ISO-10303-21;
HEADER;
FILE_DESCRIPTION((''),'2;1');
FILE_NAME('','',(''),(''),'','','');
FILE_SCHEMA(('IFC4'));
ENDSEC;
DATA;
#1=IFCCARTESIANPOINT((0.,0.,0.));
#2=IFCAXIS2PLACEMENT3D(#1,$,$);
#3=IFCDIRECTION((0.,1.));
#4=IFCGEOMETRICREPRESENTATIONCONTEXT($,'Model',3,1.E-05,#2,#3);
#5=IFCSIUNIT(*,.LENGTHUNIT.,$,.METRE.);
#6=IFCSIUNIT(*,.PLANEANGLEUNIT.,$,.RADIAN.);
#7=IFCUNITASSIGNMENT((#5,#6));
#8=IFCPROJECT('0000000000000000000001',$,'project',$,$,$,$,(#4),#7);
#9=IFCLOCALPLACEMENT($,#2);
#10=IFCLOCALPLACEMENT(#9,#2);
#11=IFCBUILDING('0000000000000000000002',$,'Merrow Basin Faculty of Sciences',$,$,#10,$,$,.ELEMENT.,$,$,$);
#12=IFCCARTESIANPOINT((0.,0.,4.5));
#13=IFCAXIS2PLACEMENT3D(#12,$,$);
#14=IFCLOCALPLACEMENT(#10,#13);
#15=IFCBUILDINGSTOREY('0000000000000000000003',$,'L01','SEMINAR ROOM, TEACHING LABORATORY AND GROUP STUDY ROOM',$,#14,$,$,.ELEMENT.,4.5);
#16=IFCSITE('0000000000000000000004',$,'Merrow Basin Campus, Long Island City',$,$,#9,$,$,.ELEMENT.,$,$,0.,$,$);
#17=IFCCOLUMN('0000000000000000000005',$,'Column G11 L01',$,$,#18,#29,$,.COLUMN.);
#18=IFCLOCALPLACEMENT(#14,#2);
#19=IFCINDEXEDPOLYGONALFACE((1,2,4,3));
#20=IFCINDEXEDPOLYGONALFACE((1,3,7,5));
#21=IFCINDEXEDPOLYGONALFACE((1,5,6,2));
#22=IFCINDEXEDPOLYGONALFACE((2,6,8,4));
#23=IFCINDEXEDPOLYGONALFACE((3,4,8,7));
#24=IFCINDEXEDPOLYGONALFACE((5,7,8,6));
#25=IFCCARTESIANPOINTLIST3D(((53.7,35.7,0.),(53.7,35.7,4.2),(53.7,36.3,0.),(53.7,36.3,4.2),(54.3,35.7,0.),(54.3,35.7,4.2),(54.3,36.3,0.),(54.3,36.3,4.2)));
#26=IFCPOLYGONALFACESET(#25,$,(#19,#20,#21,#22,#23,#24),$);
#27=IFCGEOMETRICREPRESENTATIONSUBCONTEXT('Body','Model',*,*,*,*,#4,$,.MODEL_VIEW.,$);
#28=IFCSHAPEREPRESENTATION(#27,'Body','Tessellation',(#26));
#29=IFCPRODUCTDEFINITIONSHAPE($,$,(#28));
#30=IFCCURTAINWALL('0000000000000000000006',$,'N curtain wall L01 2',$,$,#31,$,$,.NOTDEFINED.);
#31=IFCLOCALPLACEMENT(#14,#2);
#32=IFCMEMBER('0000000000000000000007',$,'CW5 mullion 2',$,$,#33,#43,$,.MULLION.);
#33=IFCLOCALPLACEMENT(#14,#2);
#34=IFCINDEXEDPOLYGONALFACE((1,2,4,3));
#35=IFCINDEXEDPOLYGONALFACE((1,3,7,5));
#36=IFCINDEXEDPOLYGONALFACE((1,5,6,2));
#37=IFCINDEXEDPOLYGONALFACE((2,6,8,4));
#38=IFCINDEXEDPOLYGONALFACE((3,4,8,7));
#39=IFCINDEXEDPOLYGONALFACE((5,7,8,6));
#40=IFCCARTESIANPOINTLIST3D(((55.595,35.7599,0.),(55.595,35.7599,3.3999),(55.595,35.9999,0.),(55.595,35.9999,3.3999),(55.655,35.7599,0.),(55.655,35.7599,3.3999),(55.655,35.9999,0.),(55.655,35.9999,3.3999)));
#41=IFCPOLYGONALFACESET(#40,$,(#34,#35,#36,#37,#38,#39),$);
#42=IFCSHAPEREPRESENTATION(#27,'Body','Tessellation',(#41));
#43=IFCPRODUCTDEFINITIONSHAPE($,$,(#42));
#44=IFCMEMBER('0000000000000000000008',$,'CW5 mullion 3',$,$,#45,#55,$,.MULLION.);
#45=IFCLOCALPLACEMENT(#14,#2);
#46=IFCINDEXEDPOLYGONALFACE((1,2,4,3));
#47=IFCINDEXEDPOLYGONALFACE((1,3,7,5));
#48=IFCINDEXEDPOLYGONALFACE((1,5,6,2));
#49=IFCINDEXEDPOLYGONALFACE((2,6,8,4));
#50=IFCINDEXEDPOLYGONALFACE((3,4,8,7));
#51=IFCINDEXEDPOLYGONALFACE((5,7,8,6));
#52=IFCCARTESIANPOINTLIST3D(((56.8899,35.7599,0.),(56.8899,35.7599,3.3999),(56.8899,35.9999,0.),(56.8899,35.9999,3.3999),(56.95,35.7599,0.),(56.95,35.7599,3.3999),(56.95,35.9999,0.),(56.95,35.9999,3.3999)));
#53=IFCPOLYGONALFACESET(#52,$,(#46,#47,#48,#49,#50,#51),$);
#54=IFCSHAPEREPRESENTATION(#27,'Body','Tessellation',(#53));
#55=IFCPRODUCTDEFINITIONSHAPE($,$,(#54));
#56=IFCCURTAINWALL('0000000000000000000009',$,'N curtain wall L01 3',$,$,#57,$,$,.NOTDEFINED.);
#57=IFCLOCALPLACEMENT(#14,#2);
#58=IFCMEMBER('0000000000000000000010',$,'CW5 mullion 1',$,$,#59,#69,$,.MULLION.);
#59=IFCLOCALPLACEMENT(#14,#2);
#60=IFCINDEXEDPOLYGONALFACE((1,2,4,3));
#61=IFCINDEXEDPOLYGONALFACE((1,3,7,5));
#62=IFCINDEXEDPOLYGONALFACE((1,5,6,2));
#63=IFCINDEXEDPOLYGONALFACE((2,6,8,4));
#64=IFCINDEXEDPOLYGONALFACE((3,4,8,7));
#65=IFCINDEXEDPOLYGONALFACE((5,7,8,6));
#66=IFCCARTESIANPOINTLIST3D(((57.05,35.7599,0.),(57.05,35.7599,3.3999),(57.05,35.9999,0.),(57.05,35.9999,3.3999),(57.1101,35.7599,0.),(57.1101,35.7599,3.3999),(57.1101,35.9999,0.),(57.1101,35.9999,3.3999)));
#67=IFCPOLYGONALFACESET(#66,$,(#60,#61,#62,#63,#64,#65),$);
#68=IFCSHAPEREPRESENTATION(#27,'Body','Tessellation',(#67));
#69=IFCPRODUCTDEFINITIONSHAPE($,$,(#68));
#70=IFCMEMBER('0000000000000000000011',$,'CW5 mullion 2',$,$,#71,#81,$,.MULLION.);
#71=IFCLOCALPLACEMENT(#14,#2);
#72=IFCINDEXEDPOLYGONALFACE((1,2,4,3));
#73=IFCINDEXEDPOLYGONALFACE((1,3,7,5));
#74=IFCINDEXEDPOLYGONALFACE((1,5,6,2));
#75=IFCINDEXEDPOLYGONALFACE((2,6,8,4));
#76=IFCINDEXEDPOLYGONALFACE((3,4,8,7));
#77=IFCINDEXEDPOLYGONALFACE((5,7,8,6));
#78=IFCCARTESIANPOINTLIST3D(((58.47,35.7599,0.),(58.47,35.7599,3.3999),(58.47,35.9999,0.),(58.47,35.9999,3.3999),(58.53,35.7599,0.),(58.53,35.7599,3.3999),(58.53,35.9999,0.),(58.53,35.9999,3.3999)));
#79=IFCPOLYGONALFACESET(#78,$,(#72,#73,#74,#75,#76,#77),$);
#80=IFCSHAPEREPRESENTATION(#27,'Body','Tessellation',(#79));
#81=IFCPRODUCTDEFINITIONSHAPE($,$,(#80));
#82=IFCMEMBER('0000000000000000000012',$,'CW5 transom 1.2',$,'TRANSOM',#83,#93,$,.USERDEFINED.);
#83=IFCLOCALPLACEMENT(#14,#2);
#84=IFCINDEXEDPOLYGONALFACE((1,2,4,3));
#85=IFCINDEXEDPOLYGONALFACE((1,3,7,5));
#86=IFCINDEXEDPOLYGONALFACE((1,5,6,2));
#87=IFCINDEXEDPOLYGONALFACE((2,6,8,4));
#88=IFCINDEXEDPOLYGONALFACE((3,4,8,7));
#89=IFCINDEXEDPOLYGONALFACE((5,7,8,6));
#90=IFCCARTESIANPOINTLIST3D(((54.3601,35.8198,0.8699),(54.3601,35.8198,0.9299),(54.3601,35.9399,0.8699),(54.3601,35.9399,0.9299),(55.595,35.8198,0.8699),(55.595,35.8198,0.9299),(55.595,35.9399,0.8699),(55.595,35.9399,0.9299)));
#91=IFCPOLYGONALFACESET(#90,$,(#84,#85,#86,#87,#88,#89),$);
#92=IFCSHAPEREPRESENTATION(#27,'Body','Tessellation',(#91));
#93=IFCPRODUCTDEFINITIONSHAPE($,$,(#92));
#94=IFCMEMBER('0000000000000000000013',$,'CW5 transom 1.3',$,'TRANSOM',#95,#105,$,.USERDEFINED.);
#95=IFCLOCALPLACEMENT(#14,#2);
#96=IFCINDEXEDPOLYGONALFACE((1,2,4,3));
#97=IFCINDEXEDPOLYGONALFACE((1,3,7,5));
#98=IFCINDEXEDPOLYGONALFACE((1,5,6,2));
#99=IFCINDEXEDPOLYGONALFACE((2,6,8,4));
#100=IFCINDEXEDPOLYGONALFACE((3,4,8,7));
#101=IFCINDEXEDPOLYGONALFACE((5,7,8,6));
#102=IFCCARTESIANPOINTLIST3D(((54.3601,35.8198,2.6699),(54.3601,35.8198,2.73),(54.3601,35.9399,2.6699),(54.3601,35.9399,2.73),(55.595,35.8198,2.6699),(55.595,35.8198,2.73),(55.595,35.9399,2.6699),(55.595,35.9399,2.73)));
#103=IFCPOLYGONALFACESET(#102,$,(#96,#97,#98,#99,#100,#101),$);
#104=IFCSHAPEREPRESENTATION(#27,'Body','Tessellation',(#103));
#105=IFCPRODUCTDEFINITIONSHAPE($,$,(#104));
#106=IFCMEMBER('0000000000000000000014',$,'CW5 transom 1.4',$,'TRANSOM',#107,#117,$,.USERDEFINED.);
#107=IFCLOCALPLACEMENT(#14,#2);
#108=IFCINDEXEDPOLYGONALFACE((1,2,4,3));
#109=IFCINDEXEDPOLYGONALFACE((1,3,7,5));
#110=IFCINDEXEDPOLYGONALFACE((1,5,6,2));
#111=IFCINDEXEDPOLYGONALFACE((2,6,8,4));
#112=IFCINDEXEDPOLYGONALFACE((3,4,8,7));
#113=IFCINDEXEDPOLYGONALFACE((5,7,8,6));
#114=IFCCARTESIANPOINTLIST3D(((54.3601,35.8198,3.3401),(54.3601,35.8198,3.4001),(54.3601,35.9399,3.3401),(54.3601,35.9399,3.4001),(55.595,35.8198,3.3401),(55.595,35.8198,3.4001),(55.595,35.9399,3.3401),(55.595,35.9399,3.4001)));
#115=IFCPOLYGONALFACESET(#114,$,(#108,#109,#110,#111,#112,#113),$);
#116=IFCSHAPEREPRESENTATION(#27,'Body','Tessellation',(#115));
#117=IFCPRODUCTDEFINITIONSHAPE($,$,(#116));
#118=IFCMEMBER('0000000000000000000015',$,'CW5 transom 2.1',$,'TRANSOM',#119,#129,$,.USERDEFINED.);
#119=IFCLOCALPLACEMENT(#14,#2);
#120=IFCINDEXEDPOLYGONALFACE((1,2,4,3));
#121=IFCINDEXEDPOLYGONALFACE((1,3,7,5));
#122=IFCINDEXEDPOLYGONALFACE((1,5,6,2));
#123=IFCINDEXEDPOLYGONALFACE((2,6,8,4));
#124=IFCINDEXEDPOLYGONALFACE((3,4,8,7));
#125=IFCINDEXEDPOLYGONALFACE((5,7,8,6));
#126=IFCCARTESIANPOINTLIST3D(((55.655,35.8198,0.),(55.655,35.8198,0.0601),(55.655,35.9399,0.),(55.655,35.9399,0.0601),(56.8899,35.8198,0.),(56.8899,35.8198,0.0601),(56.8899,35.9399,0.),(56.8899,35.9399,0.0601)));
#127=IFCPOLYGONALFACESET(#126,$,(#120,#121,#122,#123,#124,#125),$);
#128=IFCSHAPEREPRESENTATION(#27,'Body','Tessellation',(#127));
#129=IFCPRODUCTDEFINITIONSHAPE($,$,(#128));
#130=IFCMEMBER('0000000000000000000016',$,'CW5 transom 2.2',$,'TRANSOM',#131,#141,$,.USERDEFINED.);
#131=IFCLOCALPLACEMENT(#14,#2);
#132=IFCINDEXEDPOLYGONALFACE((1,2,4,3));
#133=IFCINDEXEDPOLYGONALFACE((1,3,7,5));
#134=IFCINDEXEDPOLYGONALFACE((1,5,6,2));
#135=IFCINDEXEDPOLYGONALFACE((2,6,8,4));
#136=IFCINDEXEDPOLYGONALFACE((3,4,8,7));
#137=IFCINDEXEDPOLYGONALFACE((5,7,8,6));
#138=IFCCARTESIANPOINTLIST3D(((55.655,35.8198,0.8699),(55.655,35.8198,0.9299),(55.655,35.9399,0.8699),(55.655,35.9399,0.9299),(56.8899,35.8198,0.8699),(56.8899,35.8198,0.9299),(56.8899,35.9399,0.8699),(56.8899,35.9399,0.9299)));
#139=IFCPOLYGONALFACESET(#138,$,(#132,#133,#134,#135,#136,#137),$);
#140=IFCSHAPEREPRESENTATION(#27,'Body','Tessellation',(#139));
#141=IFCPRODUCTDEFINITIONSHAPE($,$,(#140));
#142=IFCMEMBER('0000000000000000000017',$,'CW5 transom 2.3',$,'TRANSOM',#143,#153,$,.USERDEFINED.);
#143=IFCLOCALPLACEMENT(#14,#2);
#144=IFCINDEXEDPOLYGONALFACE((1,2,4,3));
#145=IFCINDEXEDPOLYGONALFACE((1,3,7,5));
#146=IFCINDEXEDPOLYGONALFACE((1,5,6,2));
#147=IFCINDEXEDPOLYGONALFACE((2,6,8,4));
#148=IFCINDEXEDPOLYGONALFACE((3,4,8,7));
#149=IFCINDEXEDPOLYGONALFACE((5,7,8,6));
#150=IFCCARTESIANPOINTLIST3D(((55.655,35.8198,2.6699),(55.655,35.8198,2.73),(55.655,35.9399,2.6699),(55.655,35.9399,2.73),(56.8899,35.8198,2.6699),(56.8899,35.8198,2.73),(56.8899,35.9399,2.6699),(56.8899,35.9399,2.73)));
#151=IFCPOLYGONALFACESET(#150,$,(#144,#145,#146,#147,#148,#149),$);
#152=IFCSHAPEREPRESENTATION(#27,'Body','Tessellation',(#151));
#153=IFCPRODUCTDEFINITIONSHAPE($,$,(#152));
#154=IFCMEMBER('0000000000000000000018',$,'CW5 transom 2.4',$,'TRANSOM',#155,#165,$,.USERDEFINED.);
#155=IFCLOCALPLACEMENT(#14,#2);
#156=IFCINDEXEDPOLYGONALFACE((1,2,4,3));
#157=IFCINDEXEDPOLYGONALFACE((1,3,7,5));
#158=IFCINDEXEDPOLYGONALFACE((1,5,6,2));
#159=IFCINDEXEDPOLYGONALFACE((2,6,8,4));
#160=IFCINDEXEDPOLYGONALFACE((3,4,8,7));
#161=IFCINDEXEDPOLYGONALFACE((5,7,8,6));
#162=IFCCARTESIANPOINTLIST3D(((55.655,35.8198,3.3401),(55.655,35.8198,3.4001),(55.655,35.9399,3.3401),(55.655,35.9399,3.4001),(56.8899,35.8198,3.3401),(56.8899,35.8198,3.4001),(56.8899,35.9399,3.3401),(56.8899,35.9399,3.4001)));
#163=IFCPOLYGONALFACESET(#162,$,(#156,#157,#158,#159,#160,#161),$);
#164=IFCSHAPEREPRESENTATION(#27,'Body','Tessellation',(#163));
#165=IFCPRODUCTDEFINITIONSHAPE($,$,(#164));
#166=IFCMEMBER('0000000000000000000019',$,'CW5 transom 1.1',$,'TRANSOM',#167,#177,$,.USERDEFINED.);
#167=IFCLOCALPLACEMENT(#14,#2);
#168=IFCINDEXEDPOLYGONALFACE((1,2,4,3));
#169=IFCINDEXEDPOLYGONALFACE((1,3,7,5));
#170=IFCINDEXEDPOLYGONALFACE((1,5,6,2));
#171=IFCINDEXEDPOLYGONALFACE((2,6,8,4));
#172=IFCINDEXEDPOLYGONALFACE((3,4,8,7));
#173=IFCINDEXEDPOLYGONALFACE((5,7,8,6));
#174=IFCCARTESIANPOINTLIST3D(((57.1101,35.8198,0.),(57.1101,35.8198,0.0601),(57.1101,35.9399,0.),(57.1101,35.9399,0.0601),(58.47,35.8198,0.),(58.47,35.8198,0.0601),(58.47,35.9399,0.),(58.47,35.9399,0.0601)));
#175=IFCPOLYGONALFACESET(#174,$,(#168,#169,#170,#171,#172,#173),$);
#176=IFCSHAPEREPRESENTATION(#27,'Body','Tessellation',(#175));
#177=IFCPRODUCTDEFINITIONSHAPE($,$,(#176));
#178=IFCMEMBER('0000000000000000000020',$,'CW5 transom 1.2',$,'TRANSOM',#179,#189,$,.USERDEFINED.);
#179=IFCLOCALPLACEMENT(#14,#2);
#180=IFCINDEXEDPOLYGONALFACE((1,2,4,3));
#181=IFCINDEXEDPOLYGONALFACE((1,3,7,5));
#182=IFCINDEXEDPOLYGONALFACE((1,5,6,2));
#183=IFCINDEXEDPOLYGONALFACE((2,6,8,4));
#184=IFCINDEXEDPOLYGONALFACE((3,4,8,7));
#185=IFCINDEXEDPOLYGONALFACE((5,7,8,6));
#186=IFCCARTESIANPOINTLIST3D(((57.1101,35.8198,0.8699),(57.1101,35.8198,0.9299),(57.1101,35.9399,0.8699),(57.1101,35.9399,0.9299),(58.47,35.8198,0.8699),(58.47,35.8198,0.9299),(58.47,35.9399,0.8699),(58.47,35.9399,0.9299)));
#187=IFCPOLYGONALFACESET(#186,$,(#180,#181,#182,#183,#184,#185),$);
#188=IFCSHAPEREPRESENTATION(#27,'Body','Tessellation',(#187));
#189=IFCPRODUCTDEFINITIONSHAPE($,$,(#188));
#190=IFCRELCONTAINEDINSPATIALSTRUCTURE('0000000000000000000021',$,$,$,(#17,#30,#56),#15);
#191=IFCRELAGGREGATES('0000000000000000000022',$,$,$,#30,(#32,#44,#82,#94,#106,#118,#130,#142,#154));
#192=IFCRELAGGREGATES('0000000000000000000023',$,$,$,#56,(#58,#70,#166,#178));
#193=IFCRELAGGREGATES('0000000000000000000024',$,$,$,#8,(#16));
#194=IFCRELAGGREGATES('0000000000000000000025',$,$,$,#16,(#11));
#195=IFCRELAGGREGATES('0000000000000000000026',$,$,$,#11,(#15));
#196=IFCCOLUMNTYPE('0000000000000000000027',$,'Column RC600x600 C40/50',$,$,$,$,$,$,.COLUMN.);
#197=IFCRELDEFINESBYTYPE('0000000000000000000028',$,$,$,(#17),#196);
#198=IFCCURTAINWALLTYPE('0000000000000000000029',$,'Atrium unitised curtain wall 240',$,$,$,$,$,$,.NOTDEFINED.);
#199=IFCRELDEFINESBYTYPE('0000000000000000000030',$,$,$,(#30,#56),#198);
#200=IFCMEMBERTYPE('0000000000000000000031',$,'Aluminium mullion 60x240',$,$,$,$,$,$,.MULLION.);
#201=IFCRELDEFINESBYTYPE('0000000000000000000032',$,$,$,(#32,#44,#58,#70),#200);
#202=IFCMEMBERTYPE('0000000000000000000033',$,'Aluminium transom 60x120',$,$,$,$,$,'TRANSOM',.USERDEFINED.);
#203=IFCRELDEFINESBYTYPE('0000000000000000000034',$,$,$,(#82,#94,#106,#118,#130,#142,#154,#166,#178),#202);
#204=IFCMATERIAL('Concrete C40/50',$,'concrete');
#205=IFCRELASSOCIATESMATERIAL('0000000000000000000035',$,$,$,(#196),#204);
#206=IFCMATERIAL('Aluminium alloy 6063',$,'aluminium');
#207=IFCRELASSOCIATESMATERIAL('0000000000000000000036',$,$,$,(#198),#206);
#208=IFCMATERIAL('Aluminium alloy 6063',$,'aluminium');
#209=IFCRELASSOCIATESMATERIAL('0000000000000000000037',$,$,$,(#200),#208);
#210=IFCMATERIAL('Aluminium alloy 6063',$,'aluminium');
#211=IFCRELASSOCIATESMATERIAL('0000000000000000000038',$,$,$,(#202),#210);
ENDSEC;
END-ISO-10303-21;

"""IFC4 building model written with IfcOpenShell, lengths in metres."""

from ifc_helpers import new_model, si_unit, direction, frame, origin, origin_2d, place, context, subcontext, project, spatial, rectangle, extrude, material, material_profile, profile_set, type_object, element, aggregate, save


model = new_model("IFC4")

# Units and contexts
model_context = context("Model", 3, precision=1e-05, world=origin(), true_north=direction((0.0, 1.0)))
body_context = subcontext(model_context, "Body", "Model", "MODEL_VIEW")
ifc_project = project(units=[si_unit("LENGTHUNIT", "METRE"), si_unit("PLANEANGLEUNIT", "RADIAN")], contexts=[model_context])

# Site, building, storey
site_placement = place(None, origin())
site = spatial("IfcSite", under=ifc_project, at=site_placement, Name="Merrow Basin Campus, Long Island City", CompositionType="ELEMENT", RefElevation=0.0)
building_placement = place(site_placement, origin())
building = spatial("IfcBuilding", under=site, at=building_placement, Name="Merrow Basin Faculty of Sciences", CompositionType="ELEMENT")
storey_placement = place(building_placement, frame((0.0, 0.0, 4.5)))
storey = spatial("IfcBuildingStorey", under=building, at=storey_placement, Name="L01", Description="SEMINAR ROOM, TEACHING LABORATORY AND GROUP STUDY ROOM", CompositionType="ELEMENT", Elevation=4.5)

# Column
ifc_material_1 = material(Name="Concrete C40/50", Category="concrete")
ifc_material_profile_1 = material_profile(ifc_material_1, rectangle(XDim=0.6001, YDim=0.6001, at=origin_2d()))
ifc_profile_set_1 = profile_set([ifc_material_profile_1], Name="Concrete C40/50")
column_type = type_object("IfcColumnType", Name="Column RC600x600 C40/50", PredefinedType="COLUMN", material=ifc_profile_set_1)
column_placement = place(storey_placement, frame((54.0, 36.0, 0.0), z_axis=(0.0, 0.0, 1.0), x_axis=(1.0, 0.0, 0.0)))
element("IfcColumn", 1, at=column_placement, inside=storey, type_object=column_type, Name="Column G11 L01", PredefinedType="COLUMN", context=body_context, shape_type="SweptSolid", body=[
    extrude(rectangle(XDim=0.6001, YDim=0.6001, at=origin_2d()), origin(), (0.0, 0.0, 1.0), 4.2),
])

# Curtain walls, members
ifc_material_2 = material(Name="Aluminium alloy 6063", Category="aluminium")
curtain_wall_type = type_object("IfcCurtainWallType", Name="Atrium unitised curtain wall 240", PredefinedType="NOTDEFINED", material=ifc_material_2)
curtain_wall_1_placement = place(storey_placement, origin())
curtain_wall_1 = element("IfcCurtainWall", 2, at=curtain_wall_1_placement, inside=storey, type_object=curtain_wall_type, Name="N curtain wall L01 2", PredefinedType="NOTDEFINED")
ifc_material_3 = material(Name="Aluminium alloy 6063", Category="aluminium")
ifc_material_profile_2 = material_profile(ifc_material_3, rectangle(XDim=0.24, YDim=0.0601, at=origin_2d()))
ifc_profile_set_2 = profile_set([ifc_material_profile_2], Name="Aluminium alloy 6063")
member_type_1 = type_object("IfcMemberType", Name="Aluminium mullion 60x240", PredefinedType="MULLION", material=ifc_profile_set_2)
member_1_placement = place(storey_placement, frame((55.625, 35.8799, 0.0), z_axis=(0.0, 0.0, 1.0), x_axis=(0.0, 1.0, 0.0)))
member_1 = element("IfcMember", 3, at=member_1_placement, type_object=member_type_1, Name="CW5 mullion 2", PredefinedType="MULLION", context=body_context, shape_type="SweptSolid", body=[
    extrude(rectangle(XDim=0.24, YDim=0.0601, at=origin_2d()), origin(), (0.0, 0.0, 1.0), 3.3999),
])
member_2_placement = place(storey_placement, frame((56.9199, 35.8799, 0.0), z_axis=(0.0, 0.0, 1.0), x_axis=(0.0, 1.0, 0.0)))
member_2 = element("IfcMember", 4, at=member_2_placement, type_object=member_type_1, Name="CW5 mullion 3", PredefinedType="MULLION", context=body_context, shape_type="SweptSolid", body=[
    extrude(rectangle(XDim=0.24, YDim=0.0601, at=origin_2d()), origin(), (0.0, 0.0, 1.0), 3.3999),
])
curtain_wall_2_placement = place(storey_placement, origin())
curtain_wall_2 = element("IfcCurtainWall", 5, at=curtain_wall_2_placement, inside=storey, type_object=curtain_wall_type, Name="N curtain wall L01 3", PredefinedType="NOTDEFINED")
member_3_placement = place(storey_placement, frame((57.0801, 35.8799, 0.0), z_axis=(0.0, 0.0, 1.0), x_axis=(0.0, 1.0, 0.0)))
member_3 = element("IfcMember", 6, at=member_3_placement, type_object=member_type_1, Name="CW5 mullion 1", PredefinedType="MULLION", context=body_context, shape_type="SweptSolid", body=[
    extrude(rectangle(XDim=0.24, YDim=0.0601, at=origin_2d()), origin(), (0.0, 0.0, 1.0), 3.3999),
])
member_4_placement = place(storey_placement, frame((58.5, 35.8799, 0.0), z_axis=(0.0, 0.0, 1.0), x_axis=(0.0, 1.0, 0.0)))
member_4 = element("IfcMember", 7, at=member_4_placement, type_object=member_type_1, Name="CW5 mullion 2", PredefinedType="MULLION", context=body_context, shape_type="SweptSolid", body=[
    extrude(rectangle(XDim=0.24, YDim=0.0601, at=origin_2d()), origin(), (0.0, 0.0, 1.0), 3.3999),
])

# Members
ifc_material_4 = material(Name="Aluminium alloy 6063", Category="aluminium")
ifc_material_profile_3 = material_profile(ifc_material_4, rectangle(XDim=0.1201, YDim=0.0601, at=origin_2d()))
ifc_profile_set_3 = profile_set([ifc_material_profile_3], Name="Aluminium alloy 6063")
member_type_2 = type_object("IfcMemberType", Name="Aluminium transom 60x120", ElementType="TRANSOM", PredefinedType="USERDEFINED", material=ifc_profile_set_3)
member_5_placement = place(storey_placement, frame((54.3601, 35.8799, 0.8999), z_axis=(1.0, 0.0, 0.0), x_axis=(0.0, 1.0, 0.0)))
member_5 = element("IfcMember", 8, at=member_5_placement, type_object=member_type_2, Name="CW5 transom 1.2", ObjectType="TRANSOM", PredefinedType="USERDEFINED", context=body_context, shape_type="SweptSolid", body=[
    extrude(rectangle(XDim=0.1201, YDim=0.0601, at=origin_2d()), origin(), (0.0, 0.0, 1.0), 1.2349),
])
member_6_placement = place(storey_placement, frame((54.3601, 35.8799, 2.7), z_axis=(1.0, 0.0, 0.0), x_axis=(0.0, 1.0, 0.0)))
member_6 = element("IfcMember", 9, at=member_6_placement, type_object=member_type_2, Name="CW5 transom 1.3", ObjectType="TRANSOM", PredefinedType="USERDEFINED", context=body_context, shape_type="SweptSolid", body=[
    extrude(rectangle(XDim=0.1201, YDim=0.0601, at=origin_2d()), origin(), (0.0, 0.0, 1.0), 1.2349),
])
member_7_placement = place(storey_placement, frame((54.3601, 35.8799, 3.3701), z_axis=(1.0, 0.0, 0.0), x_axis=(0.0, 1.0, 0.0)))
member_7 = element("IfcMember", 10, at=member_7_placement, type_object=member_type_2, Name="CW5 transom 1.4", ObjectType="TRANSOM", PredefinedType="USERDEFINED", context=body_context, shape_type="SweptSolid", body=[
    extrude(rectangle(XDim=0.1201, YDim=0.0601, at=origin_2d()), origin(), (0.0, 0.0, 1.0), 1.2349),
])
member_8_placement = place(storey_placement, frame((55.655, 35.8799, 0.03), z_axis=(1.0, 0.0, 0.0), x_axis=(0.0, 1.0, 0.0)))
member_8 = element("IfcMember", 11, at=member_8_placement, type_object=member_type_2, Name="CW5 transom 2.1", ObjectType="TRANSOM", PredefinedType="USERDEFINED", context=body_context, shape_type="SweptSolid", body=[
    extrude(rectangle(XDim=0.1201, YDim=0.0601, at=origin_2d()), origin(), (0.0, 0.0, 1.0), 1.2349),
])
member_9_placement = place(storey_placement, frame((55.655, 35.8799, 0.8999), z_axis=(1.0, 0.0, 0.0), x_axis=(0.0, 1.0, 0.0)))
member_9 = element("IfcMember", 12, at=member_9_placement, type_object=member_type_2, Name="CW5 transom 2.2", ObjectType="TRANSOM", PredefinedType="USERDEFINED", context=body_context, shape_type="SweptSolid", body=[
    extrude(rectangle(XDim=0.1201, YDim=0.0601, at=origin_2d()), origin(), (0.0, 0.0, 1.0), 1.2349),
])
member_10_placement = place(storey_placement, frame((55.655, 35.8799, 2.7), z_axis=(1.0, 0.0, 0.0), x_axis=(0.0, 1.0, 0.0)))
member_10 = element("IfcMember", 13, at=member_10_placement, type_object=member_type_2, Name="CW5 transom 2.3", ObjectType="TRANSOM", PredefinedType="USERDEFINED", context=body_context, shape_type="SweptSolid", body=[
    extrude(rectangle(XDim=0.1201, YDim=0.0601, at=origin_2d()), origin(), (0.0, 0.0, 1.0), 1.2349),
])
member_11_placement = place(storey_placement, frame((55.655, 35.8799, 3.3701), z_axis=(1.0, 0.0, 0.0), x_axis=(0.0, 1.0, 0.0)))
member_11 = element("IfcMember", 14, at=member_11_placement, type_object=member_type_2, Name="CW5 transom 2.4", ObjectType="TRANSOM", PredefinedType="USERDEFINED", context=body_context, shape_type="SweptSolid", body=[
    extrude(rectangle(XDim=0.1201, YDim=0.0601, at=origin_2d()), origin(), (0.0, 0.0, 1.0), 1.2349),
])
member_12_placement = place(storey_placement, frame((57.1101, 35.8799, 0.03), z_axis=(1.0, 0.0, 0.0), x_axis=(0.0, 1.0, 0.0)))
member_12 = element("IfcMember", 15, at=member_12_placement, type_object=member_type_2, Name="CW5 transom 1.1", ObjectType="TRANSOM", PredefinedType="USERDEFINED", context=body_context, shape_type="SweptSolid", body=[
    extrude(rectangle(XDim=0.1201, YDim=0.0601, at=origin_2d()), origin(), (0.0, 0.0, 1.0), 1.3599),
])
member_13_placement = place(storey_placement, frame((57.1101, 35.8799, 0.8999), z_axis=(1.0, 0.0, 0.0), x_axis=(0.0, 1.0, 0.0)))
member_13 = element("IfcMember", 16, at=member_13_placement, type_object=member_type_2, Name="CW5 transom 1.2", ObjectType="TRANSOM", PredefinedType="USERDEFINED", context=body_context, shape_type="SweptSolid", body=[
    extrude(rectangle(XDim=0.1201, YDim=0.0601, at=origin_2d()), origin(), (0.0, 0.0, 1.0), 1.3599),
])

aggregate(curtain_wall_1, [member_1, member_2, member_5, member_6, member_7, member_8, member_9, member_10, member_11])
aggregate(curtain_wall_2, [member_3, member_4, member_12, member_13])

save(model, "model.ifc")
